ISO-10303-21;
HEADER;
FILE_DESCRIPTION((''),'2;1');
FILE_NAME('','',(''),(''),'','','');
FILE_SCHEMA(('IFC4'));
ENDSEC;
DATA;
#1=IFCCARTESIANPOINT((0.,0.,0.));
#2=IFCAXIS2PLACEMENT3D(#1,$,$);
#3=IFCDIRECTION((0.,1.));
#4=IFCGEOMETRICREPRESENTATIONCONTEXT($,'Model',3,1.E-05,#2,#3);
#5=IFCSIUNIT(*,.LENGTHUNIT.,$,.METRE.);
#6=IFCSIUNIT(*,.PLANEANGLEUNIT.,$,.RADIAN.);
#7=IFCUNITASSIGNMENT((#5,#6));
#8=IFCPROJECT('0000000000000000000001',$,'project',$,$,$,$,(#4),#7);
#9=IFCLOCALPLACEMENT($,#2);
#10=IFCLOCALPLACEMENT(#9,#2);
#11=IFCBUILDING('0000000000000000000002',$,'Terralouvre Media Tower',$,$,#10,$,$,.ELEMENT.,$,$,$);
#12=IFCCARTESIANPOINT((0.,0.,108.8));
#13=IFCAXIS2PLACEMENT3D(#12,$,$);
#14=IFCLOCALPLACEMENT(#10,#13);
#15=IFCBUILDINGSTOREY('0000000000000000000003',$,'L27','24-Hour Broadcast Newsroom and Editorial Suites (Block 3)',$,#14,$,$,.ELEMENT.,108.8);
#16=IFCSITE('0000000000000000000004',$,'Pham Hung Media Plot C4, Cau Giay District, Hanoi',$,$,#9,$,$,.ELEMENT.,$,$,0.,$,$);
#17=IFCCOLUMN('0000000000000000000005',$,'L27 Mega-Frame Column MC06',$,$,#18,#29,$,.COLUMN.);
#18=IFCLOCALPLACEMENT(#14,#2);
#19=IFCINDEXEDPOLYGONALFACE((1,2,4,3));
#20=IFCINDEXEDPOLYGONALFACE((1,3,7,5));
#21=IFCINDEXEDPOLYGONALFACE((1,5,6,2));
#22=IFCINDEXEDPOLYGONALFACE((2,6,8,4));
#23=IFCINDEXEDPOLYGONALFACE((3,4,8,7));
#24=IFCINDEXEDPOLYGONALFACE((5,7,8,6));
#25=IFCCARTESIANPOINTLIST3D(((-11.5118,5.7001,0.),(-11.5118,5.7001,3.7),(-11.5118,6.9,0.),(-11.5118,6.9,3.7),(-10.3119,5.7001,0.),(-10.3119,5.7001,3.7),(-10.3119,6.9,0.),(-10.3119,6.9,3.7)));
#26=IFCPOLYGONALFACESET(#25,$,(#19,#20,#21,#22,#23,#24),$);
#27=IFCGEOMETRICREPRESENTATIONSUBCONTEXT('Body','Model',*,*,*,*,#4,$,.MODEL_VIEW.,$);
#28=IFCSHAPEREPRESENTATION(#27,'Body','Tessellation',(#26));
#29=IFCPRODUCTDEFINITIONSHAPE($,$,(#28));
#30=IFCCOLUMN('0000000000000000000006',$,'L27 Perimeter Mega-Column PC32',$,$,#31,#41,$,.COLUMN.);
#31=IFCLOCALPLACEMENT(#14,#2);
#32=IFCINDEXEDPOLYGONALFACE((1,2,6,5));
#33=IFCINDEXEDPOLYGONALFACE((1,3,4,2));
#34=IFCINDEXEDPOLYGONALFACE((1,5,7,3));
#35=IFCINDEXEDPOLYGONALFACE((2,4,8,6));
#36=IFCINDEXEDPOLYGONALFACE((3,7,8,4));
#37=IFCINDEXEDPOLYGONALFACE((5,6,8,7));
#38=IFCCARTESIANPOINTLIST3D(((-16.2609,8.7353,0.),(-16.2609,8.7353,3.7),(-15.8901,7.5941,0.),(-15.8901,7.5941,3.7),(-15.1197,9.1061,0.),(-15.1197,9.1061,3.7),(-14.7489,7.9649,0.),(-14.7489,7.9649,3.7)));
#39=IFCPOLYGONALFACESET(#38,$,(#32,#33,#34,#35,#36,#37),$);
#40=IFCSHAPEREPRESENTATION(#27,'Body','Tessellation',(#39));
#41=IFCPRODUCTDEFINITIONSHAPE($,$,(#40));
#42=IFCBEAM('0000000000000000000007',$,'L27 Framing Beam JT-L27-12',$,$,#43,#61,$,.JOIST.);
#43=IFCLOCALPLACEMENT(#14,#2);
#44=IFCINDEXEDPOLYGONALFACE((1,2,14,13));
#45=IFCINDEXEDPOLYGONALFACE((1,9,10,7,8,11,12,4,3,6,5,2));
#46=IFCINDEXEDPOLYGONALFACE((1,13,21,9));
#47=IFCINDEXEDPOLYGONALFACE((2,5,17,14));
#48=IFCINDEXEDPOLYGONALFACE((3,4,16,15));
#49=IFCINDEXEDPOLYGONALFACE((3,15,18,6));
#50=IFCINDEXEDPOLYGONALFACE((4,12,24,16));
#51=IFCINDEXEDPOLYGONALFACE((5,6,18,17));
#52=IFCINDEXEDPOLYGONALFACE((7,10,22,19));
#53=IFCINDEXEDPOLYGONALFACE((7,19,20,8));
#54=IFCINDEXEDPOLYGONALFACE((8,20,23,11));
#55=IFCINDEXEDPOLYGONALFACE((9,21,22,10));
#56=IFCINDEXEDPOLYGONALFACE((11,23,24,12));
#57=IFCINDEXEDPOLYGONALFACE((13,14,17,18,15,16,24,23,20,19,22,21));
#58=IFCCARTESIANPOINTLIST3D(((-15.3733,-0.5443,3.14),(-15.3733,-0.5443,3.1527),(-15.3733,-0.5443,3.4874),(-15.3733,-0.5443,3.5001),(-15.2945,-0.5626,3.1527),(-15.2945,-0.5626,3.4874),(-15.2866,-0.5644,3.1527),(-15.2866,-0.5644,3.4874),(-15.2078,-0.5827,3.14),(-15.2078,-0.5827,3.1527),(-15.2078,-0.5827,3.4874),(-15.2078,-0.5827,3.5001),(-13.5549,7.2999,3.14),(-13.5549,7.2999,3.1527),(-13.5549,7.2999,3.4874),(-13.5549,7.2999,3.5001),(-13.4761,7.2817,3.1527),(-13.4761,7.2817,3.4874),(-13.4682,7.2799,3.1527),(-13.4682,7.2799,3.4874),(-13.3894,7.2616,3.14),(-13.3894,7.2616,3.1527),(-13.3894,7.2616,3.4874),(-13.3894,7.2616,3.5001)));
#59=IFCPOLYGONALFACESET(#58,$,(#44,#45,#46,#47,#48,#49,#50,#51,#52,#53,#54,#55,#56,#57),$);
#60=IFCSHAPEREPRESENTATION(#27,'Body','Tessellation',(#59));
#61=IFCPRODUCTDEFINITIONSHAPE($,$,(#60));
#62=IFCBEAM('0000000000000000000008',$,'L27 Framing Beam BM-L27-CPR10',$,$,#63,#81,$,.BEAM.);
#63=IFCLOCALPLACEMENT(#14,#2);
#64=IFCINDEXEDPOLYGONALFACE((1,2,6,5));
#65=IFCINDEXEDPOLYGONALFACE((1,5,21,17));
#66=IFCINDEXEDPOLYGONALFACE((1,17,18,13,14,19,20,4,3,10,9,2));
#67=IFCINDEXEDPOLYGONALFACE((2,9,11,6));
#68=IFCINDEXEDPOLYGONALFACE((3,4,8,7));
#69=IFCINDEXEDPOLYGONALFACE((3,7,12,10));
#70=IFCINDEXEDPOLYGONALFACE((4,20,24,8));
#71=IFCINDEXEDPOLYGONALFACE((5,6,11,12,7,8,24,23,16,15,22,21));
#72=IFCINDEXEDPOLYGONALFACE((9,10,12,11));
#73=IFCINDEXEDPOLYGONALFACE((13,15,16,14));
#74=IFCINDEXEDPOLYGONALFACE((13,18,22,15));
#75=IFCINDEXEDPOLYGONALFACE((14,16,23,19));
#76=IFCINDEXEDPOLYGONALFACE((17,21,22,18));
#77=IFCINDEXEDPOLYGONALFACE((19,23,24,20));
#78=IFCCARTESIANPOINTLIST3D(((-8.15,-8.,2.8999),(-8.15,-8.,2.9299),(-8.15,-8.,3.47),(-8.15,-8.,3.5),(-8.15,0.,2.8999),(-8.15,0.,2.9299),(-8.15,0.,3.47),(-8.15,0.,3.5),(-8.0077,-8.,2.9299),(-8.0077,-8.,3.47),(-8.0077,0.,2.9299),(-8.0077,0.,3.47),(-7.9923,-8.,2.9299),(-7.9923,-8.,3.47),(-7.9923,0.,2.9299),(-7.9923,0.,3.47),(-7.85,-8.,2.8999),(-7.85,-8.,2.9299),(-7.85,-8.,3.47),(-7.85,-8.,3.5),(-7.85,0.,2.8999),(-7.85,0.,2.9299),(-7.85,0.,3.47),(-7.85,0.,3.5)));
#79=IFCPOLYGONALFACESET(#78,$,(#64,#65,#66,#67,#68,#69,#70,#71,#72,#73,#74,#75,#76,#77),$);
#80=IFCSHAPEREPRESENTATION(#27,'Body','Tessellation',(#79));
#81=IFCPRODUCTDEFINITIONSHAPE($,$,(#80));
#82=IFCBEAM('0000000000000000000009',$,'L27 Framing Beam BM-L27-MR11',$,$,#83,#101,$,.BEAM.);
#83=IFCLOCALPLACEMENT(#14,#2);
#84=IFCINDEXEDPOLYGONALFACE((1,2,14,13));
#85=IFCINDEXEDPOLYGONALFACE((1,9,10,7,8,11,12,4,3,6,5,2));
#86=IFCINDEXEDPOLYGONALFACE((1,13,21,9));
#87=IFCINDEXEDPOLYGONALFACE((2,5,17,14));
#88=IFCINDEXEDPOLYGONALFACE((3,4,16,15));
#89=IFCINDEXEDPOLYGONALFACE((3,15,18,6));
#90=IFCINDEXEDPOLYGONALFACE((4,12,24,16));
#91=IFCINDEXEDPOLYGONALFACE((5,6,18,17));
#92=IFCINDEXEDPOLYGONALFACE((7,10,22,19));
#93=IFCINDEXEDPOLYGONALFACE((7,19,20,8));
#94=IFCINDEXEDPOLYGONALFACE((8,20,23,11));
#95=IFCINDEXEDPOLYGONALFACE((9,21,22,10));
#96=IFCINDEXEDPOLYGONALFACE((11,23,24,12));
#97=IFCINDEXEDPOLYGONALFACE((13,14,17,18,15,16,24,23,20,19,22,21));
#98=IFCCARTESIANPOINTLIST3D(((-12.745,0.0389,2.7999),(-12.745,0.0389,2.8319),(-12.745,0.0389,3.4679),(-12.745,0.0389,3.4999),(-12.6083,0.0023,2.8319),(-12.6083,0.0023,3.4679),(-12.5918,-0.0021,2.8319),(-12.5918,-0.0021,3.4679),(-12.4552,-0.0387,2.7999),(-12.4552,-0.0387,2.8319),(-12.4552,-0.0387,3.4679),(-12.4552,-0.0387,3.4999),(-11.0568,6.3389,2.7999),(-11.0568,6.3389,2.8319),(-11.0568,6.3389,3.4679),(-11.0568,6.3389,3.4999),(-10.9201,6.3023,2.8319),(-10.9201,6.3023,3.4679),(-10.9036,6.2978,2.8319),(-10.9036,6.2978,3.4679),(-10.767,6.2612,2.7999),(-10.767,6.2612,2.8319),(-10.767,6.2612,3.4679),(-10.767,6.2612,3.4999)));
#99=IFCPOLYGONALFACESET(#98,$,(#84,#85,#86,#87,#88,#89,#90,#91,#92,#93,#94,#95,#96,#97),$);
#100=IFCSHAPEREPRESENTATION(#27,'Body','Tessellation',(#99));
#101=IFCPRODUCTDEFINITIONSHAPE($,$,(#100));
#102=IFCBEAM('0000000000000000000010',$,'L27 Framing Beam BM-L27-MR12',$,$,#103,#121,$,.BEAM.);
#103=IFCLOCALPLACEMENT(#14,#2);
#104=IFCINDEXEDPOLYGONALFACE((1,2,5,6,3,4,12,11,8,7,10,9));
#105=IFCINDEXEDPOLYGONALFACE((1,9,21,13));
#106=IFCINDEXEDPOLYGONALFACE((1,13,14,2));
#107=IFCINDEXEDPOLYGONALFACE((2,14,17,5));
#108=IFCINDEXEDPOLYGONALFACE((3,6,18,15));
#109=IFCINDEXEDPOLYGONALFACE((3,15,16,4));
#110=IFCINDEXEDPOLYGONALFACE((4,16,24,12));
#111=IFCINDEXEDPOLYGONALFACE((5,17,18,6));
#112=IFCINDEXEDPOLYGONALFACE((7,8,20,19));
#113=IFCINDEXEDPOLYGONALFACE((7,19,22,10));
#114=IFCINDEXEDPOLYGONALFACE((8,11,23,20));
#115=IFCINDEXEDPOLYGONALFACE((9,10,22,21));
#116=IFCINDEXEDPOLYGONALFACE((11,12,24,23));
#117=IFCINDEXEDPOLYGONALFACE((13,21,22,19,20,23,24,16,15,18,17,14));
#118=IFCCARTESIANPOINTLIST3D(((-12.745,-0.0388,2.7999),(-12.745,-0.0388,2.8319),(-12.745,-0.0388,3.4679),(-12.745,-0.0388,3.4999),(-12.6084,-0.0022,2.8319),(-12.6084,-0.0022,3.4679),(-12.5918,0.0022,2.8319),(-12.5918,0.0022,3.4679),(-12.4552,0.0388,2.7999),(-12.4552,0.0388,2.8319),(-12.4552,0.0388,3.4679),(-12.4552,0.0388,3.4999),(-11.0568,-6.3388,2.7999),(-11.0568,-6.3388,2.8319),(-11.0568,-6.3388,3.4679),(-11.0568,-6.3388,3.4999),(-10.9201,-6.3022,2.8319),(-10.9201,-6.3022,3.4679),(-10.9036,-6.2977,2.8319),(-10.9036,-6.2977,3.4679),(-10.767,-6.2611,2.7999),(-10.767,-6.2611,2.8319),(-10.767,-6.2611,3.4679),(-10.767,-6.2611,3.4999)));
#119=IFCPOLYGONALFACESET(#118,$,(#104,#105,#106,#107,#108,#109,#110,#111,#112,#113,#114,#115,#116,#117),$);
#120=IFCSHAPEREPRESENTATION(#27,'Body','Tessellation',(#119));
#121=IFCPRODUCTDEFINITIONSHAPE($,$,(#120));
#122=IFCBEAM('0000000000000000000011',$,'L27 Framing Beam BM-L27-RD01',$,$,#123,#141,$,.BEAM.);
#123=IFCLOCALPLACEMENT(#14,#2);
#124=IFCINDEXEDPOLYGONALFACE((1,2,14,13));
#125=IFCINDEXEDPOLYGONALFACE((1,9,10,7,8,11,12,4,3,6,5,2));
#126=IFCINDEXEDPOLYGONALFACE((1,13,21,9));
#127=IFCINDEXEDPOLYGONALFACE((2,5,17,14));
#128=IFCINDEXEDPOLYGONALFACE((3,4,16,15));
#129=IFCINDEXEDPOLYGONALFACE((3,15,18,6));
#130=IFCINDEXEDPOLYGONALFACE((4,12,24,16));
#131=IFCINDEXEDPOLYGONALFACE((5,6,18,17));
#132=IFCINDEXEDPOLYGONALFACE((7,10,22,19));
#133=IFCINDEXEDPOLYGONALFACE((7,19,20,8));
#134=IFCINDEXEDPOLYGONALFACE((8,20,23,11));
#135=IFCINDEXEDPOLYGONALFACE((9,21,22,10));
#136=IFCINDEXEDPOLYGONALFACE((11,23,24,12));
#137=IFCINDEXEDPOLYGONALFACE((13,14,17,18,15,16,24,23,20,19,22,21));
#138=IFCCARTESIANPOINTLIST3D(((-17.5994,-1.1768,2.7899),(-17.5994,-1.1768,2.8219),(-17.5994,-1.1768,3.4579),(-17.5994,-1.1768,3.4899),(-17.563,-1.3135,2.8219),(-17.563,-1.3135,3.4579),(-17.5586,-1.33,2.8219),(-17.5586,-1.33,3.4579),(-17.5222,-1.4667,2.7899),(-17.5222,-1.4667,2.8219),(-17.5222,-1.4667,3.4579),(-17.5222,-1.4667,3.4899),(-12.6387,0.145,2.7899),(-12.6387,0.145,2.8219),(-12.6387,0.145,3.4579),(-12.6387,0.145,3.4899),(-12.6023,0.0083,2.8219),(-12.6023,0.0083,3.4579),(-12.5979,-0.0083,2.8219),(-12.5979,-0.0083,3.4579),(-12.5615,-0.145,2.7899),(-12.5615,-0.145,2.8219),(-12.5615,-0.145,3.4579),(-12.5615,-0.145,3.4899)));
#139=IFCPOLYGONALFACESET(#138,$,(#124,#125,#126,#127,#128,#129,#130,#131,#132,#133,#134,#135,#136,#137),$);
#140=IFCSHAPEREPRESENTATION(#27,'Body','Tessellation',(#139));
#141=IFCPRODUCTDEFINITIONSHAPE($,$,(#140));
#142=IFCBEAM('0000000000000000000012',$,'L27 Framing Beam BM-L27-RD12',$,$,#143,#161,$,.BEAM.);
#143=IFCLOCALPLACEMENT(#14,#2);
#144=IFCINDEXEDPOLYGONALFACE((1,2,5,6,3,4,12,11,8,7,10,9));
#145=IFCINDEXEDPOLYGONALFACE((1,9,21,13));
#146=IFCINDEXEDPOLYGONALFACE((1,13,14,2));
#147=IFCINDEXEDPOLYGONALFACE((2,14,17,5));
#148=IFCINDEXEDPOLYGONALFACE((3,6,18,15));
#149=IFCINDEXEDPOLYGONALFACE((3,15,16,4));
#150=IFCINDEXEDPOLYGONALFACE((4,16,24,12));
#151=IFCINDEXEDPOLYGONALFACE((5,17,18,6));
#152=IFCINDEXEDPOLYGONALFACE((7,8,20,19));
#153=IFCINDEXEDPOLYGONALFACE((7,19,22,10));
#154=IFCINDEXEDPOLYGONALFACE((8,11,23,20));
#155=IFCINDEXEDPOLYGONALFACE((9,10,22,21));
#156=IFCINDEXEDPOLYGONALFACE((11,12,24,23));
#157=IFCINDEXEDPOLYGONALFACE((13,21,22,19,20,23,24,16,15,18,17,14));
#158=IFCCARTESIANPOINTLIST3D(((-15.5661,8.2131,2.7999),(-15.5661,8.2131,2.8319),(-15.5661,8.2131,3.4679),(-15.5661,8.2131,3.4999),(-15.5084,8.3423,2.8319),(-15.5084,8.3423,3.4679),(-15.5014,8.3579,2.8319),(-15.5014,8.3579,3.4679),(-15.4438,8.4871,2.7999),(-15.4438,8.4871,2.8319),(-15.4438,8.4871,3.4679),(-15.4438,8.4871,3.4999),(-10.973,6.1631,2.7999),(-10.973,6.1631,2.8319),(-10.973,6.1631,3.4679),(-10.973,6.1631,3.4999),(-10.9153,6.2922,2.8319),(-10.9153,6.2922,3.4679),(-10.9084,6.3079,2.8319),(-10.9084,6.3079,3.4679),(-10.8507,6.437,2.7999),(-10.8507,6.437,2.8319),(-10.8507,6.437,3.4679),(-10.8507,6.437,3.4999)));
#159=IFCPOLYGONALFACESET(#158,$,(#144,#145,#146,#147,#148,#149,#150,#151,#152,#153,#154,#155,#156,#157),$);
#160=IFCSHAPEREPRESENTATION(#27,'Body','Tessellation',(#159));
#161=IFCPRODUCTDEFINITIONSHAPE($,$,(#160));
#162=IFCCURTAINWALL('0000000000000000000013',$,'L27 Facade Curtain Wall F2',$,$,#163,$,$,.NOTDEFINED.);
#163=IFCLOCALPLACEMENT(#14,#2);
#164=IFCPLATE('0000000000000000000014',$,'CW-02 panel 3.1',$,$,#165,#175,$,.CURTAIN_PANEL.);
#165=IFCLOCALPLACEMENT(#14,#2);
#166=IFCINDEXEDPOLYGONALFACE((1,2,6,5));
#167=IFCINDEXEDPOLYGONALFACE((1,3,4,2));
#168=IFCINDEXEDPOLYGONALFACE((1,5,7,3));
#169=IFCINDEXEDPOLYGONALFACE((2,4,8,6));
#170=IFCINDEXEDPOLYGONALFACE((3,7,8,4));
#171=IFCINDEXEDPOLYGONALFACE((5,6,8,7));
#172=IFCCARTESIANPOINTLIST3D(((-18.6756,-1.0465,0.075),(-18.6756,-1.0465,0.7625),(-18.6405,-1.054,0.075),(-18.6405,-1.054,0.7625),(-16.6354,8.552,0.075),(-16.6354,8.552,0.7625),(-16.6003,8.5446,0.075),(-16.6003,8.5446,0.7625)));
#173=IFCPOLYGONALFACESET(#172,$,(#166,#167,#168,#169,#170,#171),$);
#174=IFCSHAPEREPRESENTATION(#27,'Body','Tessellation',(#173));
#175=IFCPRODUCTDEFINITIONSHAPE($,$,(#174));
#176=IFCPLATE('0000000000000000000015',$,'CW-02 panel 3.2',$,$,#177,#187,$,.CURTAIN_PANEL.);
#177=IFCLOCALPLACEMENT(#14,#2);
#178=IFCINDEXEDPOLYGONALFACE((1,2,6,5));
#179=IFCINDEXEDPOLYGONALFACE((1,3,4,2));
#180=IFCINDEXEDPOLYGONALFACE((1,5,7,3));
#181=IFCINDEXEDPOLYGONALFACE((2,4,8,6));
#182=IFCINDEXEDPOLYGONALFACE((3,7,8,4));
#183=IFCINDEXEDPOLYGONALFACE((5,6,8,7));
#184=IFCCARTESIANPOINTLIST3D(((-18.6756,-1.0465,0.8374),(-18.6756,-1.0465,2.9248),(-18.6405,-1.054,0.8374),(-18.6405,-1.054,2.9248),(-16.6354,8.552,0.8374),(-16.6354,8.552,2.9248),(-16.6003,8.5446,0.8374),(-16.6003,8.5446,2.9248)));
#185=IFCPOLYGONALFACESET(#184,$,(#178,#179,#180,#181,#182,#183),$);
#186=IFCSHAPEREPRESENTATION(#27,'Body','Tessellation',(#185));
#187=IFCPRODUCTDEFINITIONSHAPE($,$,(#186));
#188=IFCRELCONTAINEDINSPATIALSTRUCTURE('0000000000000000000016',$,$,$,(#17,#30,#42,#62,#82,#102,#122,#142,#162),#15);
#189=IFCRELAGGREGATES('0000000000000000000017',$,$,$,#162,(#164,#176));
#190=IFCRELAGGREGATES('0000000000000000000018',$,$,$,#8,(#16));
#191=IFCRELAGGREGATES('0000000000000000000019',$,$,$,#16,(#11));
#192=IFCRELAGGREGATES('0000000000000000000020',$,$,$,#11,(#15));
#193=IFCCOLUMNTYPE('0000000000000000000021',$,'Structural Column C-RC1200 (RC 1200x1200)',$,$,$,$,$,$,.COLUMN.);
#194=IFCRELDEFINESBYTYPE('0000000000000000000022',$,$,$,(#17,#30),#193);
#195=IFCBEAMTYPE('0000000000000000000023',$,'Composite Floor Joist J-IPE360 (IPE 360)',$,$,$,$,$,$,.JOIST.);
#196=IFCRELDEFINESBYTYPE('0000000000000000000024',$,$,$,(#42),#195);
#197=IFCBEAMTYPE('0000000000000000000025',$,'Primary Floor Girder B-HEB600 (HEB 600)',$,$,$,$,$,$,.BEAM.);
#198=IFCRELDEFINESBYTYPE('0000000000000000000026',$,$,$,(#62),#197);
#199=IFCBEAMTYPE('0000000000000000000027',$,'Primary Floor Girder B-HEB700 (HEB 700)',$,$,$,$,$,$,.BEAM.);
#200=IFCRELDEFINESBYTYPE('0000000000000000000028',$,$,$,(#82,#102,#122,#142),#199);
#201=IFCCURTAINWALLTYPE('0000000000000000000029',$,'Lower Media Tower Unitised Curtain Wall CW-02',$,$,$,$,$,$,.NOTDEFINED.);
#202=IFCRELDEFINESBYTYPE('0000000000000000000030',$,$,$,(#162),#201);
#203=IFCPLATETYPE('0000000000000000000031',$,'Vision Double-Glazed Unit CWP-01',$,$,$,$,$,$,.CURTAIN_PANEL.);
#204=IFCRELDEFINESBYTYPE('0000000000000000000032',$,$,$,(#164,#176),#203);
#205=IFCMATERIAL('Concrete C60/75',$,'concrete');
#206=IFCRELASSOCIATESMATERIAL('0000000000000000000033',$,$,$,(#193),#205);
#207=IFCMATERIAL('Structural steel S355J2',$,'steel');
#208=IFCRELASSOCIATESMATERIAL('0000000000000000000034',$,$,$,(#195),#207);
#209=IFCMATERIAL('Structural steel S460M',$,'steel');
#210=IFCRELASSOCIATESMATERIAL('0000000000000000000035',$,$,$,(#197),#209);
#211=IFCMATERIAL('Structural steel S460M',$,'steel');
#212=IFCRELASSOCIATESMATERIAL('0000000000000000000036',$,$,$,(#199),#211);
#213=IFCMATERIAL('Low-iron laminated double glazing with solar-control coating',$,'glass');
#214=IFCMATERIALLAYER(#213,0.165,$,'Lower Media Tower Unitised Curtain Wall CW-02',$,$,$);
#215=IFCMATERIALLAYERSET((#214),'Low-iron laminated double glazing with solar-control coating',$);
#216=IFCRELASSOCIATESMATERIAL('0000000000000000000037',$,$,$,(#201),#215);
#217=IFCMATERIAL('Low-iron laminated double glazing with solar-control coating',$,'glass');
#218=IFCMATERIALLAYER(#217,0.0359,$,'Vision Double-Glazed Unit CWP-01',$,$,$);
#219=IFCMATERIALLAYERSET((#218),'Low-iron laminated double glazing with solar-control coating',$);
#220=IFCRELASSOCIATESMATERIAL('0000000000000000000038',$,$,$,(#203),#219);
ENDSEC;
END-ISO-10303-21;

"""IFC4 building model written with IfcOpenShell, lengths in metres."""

from ifc_helpers import new_model, si_unit, direction, frame, origin, origin_2d, place, context, subcontext, project, spatial, rectangle, i_section, extrude, material, layer, layer_set, material_profile, profile_set, type_object, element, aggregate, save


model = new_model("IFC4")

# Units and contexts
model_context = context("Model", 3, precision=1e-05, world=origin(), true_north=direction((0.0, 1.0)))
body_context = subcontext(model_context, "Body", "Model", "MODEL_VIEW")
ifc_project = project(units=[si_unit("LENGTHUNIT", "METRE"), si_unit("PLANEANGLEUNIT", "RADIAN")], contexts=[model_context])

# Site, building, storey
site_placement = place(None, origin())
site = spatial("IfcSite", under=ifc_project, at=site_placement, Name="Pham Hung Media Plot C4, Cau Giay District, Hanoi", CompositionType="ELEMENT", RefElevation=0.0)
building_placement = place(site_placement, origin())
building = spatial("IfcBuilding", under=site, at=building_placement, Name="Terralouvre Media Tower", CompositionType="ELEMENT")
storey_placement = place(building_placement, frame((0.0, 0.0, 108.8)))
storey = spatial("IfcBuildingStorey", under=building, at=storey_placement, Name="L27", Description="24-Hour Broadcast Newsroom and Editorial Suites (Block 3)", CompositionType="ELEMENT", Elevation=108.8)

# Columns
ifc_material_1 = material(Name="Concrete C60/75", Category="concrete")
ifc_material_profile_1 = material_profile(ifc_material_1, rectangle(XDim=1.2, YDim=1.2, at=origin_2d()), Name="RC 1200x1200")
ifc_profile_set_1 = profile_set([ifc_material_profile_1], Name="Concrete C60/75")
column_type = type_object("IfcColumnType", Name="Structural Column C-RC1200 (RC 1200x1200)", PredefinedType="COLUMN", material=ifc_profile_set_1)
for number, where, z_axis, x_axis, name in (
    (1, (-10.9119, 6.3, 0.0), (0.0, 0.0, 1.0), (1.0, 0.0, 0.0), "L27 Mega-Frame Column MC06"),
    (2, (-15.5049, 8.3501, 0.0), (0.0, 0.0, 1.0), (0.951057, 0.309017, 0.0), "L27 Perimeter Mega-Column PC32"),
):
    element("IfcColumn", number, at=place(storey_placement, frame(where, z_axis=z_axis, x_axis=x_axis)), inside=storey, type_object=column_type, Name=name, PredefinedType="COLUMN", context=body_context, shape_type="SweptSolid", body=[
        extrude(rectangle(XDim=1.2, YDim=1.2, at=origin_2d()), origin(), (0.0, 0.0, 1.0), 3.7),
    ])

# Beams
ifc_material_2 = material(Name="Structural steel S355J2", Category="steel")
ifc_material_profile_2 = material_profile(ifc_material_2, i_section(OverallWidth=0.1699, OverallDepth=0.3601, WebThickness=0.0081, FlangeThickness=0.0127, at=origin_2d()), Name="IPE 360")
ifc_profile_set_2 = profile_set([ifc_material_profile_2], Name="Structural steel S355J2")
beam_type_1 = type_object("IfcBeamType", Name="Composite Floor Joist J-IPE360 (IPE 360)", PredefinedType="JOIST", material=ifc_profile_set_2)
beam_1_placement = place(storey_placement, frame((-13.4722, 7.2808, 3.3201), z_axis=(-0.22582, -0.974169, 0.0), x_axis=(0.974169, -0.22582, 0.0)))
element("IfcBeam", 3, at=beam_1_placement, inside=storey, type_object=beam_type_1, Name="L27 Framing Beam JT-L27-12", PredefinedType="JOIST", context=body_context, shape_type="SweptSolid", body=[
    extrude(i_section(OverallWidth=0.1699, OverallDepth=0.3601, WebThickness=0.0081, FlangeThickness=0.0127, at=origin_2d()), origin(), (0.0, 0.0, 1.0), 8.0522),
])
ifc_material_3 = material(Name="Structural steel S460M", Category="steel")
ifc_material_profile_3 = material_profile(ifc_material_3, i_section(OverallWidth=0.3, OverallDepth=0.6001, WebThickness=0.0154, FlangeThickness=0.03, at=origin_2d()), Name="HEB 600")
ifc_profile_set_3 = profile_set([ifc_material_profile_3], Name="Structural steel S460M")
beam_type_2 = type_object("IfcBeamType", Name="Primary Floor Girder B-HEB600 (HEB 600)", PredefinedType="BEAM", material=ifc_profile_set_3)
beam_2_placement = place(storey_placement, frame((-8.0, 0.0, 3.2), z_axis=(0.0, -1.0, 0.0), x_axis=(1.0, 0.0, 0.0)))
element("IfcBeam", 4, at=beam_2_placement, inside=storey, type_object=beam_type_2, Name="L27 Framing Beam BM-L27-CPR10", PredefinedType="BEAM", context=body_context, shape_type="SweptSolid", body=[
    extrude(i_section(OverallWidth=0.3, OverallDepth=0.6001, WebThickness=0.0154, FlangeThickness=0.03, at=origin_2d()), origin(), (0.0, 0.0, 1.0), 8.0),
])
ifc_material_4 = material(Name="Structural steel S460M", Category="steel")
ifc_material_profile_4 = material_profile(ifc_material_4, i_section(OverallWidth=0.3, OverallDepth=0.7, WebThickness=0.0171, FlangeThickness=0.032, at=origin_2d()), Name="HEB 700")
ifc_profile_set_4 = profile_set([ifc_material_profile_4], Name="Structural steel S460M")
beam_type_3 = type_object("IfcBeamType", Name="Primary Floor Girder B-HEB700 (HEB 700)", PredefinedType="BEAM", material=ifc_profile_set_4)
for number, where, z_axis, x_axis, name in (
    (5, (-10.9119, 6.3, 3.1499), (-0.258839, -0.96592, 0.0), (0.96592, -0.258839, 0.0), "L27 Framing Beam BM-L27-MR11"),
    (6, (-12.6001, 0.0, 3.1499), (0.258839, -0.96592, 0.0), (0.96592, 0.258839, 0.0), "L27 Framing Beam BM-L27-MR12"),
):
    element("IfcBeam", number, at=place(storey_placement, frame(where, z_axis=z_axis, x_axis=x_axis)), inside=storey, type_object=beam_type_3, Name=name, PredefinedType="BEAM", context=body_context, shape_type="SweptSolid", body=[
        extrude(i_section(OverallWidth=0.3, OverallDepth=0.7, WebThickness=0.0171, FlangeThickness=0.032, at=origin_2d()), origin(), (0.0, 0.0, 1.0), 6.5222),
    ])
beam_3_placement = place(storey_placement, frame((-12.6001, 0.0, 3.1399), z_axis=(-0.966287, -0.257467, 0.0), x_axis=(0.257467, -0.966287, 0.0)))
element("IfcBeam", 7, at=beam_3_placement, inside=storey, type_object=beam_type_3, Name="L27 Framing Beam BM-L27-RD01", PredefinedType="BEAM", context=body_context, shape_type="SweptSolid", body=[
    extrude(i_section(OverallWidth=0.3, OverallDepth=0.7, WebThickness=0.0171, FlangeThickness=0.032, at=origin_2d()), origin(), (0.0, 0.0, 1.0), 5.1338),
])
beam_4_placement = place(storey_placement, frame((-10.9119, 6.3, 3.1499), z_axis=(-0.913168, 0.407584, 0.0), x_axis=(-0.407584, -0.913168, 0.0)))
element("IfcBeam", 8, at=beam_4_placement, inside=storey, type_object=beam_type_3, Name="L27 Framing Beam BM-L27-RD12", PredefinedType="BEAM", context=body_context, shape_type="SweptSolid", body=[
    extrude(i_section(OverallWidth=0.3, OverallDepth=0.7, WebThickness=0.0171, FlangeThickness=0.032, at=origin_2d()), origin(), (0.0, 0.0, 1.0), 5.0298),
])

# Curtain wall, plates
ifc_material_5 = material(Name="Low-iron laminated double glazing with solar-control coating", Category="glass")
ifc_layer_1 = layer(ifc_material_5, 0.165, Name="Lower Media Tower Unitised Curtain Wall CW-02")
ifc_layer_set_1 = layer_set([ifc_layer_1], Name="Low-iron laminated double glazing with solar-control coating")
curtain_wall_type = type_object("IfcCurtainWallType", Name="Lower Media Tower Unitised Curtain Wall CW-02", PredefinedType="NOTDEFINED", material=ifc_layer_set_1)
curtain_wall_placement = place(storey_placement, origin())
curtain_wall = element("IfcCurtainWall", 9, at=curtain_wall_placement, inside=storey, type_object=curtain_wall_type, Name="L27 Facade Curtain Wall F2", PredefinedType="NOTDEFINED")
ifc_material_6 = material(Name="Low-iron laminated double glazing with solar-control coating", Category="glass")
ifc_layer_2 = layer(ifc_material_6, 0.0359, Name="Vision Double-Glazed Unit CWP-01")
ifc_layer_set_2 = layer_set([ifc_layer_2], Name="Low-iron laminated double glazing with solar-control coating")
plate_type = type_object("IfcPlateType", Name="Vision Double-Glazed Unit CWP-01", PredefinedType="CURTAIN_PANEL", material=ifc_layer_set_2)
plate_1_placement = place(storey_placement, frame((-17.6379, 3.749, 0.075), z_axis=(0.0, 0.0, 1.0), x_axis=(-0.207912, -0.978148, 0.0)))
plate_1 = element("IfcPlate", 10, at=plate_1_placement, type_object=plate_type, Name="CW-02 panel 3.1", PredefinedType="CURTAIN_PANEL", context=body_context, shape_type="SweptSolid", body=[
    extrude(rectangle(XDim=9.813, YDim=0.0359, at=origin_2d()), origin(), (0.0, 0.0, 1.0), 0.6875),
])
plate_2_placement = place(storey_placement, frame((-17.6379, 3.749, 0.8374), z_axis=(0.0, 0.0, 1.0), x_axis=(-0.207912, -0.978148, 0.0)))
plate_2 = element("IfcPlate", 11, at=plate_2_placement, type_object=plate_type, Name="CW-02 panel 3.2", PredefinedType="CURTAIN_PANEL", context=body_context, shape_type="SweptSolid", body=[
    extrude(rectangle(XDim=9.813, YDim=0.0359, at=origin_2d()), origin(), (0.0, 0.0, 1.0), 2.0874),
])
aggregate(curtain_wall, [plate_1, plate_2])

save(model, "model.ifc")
